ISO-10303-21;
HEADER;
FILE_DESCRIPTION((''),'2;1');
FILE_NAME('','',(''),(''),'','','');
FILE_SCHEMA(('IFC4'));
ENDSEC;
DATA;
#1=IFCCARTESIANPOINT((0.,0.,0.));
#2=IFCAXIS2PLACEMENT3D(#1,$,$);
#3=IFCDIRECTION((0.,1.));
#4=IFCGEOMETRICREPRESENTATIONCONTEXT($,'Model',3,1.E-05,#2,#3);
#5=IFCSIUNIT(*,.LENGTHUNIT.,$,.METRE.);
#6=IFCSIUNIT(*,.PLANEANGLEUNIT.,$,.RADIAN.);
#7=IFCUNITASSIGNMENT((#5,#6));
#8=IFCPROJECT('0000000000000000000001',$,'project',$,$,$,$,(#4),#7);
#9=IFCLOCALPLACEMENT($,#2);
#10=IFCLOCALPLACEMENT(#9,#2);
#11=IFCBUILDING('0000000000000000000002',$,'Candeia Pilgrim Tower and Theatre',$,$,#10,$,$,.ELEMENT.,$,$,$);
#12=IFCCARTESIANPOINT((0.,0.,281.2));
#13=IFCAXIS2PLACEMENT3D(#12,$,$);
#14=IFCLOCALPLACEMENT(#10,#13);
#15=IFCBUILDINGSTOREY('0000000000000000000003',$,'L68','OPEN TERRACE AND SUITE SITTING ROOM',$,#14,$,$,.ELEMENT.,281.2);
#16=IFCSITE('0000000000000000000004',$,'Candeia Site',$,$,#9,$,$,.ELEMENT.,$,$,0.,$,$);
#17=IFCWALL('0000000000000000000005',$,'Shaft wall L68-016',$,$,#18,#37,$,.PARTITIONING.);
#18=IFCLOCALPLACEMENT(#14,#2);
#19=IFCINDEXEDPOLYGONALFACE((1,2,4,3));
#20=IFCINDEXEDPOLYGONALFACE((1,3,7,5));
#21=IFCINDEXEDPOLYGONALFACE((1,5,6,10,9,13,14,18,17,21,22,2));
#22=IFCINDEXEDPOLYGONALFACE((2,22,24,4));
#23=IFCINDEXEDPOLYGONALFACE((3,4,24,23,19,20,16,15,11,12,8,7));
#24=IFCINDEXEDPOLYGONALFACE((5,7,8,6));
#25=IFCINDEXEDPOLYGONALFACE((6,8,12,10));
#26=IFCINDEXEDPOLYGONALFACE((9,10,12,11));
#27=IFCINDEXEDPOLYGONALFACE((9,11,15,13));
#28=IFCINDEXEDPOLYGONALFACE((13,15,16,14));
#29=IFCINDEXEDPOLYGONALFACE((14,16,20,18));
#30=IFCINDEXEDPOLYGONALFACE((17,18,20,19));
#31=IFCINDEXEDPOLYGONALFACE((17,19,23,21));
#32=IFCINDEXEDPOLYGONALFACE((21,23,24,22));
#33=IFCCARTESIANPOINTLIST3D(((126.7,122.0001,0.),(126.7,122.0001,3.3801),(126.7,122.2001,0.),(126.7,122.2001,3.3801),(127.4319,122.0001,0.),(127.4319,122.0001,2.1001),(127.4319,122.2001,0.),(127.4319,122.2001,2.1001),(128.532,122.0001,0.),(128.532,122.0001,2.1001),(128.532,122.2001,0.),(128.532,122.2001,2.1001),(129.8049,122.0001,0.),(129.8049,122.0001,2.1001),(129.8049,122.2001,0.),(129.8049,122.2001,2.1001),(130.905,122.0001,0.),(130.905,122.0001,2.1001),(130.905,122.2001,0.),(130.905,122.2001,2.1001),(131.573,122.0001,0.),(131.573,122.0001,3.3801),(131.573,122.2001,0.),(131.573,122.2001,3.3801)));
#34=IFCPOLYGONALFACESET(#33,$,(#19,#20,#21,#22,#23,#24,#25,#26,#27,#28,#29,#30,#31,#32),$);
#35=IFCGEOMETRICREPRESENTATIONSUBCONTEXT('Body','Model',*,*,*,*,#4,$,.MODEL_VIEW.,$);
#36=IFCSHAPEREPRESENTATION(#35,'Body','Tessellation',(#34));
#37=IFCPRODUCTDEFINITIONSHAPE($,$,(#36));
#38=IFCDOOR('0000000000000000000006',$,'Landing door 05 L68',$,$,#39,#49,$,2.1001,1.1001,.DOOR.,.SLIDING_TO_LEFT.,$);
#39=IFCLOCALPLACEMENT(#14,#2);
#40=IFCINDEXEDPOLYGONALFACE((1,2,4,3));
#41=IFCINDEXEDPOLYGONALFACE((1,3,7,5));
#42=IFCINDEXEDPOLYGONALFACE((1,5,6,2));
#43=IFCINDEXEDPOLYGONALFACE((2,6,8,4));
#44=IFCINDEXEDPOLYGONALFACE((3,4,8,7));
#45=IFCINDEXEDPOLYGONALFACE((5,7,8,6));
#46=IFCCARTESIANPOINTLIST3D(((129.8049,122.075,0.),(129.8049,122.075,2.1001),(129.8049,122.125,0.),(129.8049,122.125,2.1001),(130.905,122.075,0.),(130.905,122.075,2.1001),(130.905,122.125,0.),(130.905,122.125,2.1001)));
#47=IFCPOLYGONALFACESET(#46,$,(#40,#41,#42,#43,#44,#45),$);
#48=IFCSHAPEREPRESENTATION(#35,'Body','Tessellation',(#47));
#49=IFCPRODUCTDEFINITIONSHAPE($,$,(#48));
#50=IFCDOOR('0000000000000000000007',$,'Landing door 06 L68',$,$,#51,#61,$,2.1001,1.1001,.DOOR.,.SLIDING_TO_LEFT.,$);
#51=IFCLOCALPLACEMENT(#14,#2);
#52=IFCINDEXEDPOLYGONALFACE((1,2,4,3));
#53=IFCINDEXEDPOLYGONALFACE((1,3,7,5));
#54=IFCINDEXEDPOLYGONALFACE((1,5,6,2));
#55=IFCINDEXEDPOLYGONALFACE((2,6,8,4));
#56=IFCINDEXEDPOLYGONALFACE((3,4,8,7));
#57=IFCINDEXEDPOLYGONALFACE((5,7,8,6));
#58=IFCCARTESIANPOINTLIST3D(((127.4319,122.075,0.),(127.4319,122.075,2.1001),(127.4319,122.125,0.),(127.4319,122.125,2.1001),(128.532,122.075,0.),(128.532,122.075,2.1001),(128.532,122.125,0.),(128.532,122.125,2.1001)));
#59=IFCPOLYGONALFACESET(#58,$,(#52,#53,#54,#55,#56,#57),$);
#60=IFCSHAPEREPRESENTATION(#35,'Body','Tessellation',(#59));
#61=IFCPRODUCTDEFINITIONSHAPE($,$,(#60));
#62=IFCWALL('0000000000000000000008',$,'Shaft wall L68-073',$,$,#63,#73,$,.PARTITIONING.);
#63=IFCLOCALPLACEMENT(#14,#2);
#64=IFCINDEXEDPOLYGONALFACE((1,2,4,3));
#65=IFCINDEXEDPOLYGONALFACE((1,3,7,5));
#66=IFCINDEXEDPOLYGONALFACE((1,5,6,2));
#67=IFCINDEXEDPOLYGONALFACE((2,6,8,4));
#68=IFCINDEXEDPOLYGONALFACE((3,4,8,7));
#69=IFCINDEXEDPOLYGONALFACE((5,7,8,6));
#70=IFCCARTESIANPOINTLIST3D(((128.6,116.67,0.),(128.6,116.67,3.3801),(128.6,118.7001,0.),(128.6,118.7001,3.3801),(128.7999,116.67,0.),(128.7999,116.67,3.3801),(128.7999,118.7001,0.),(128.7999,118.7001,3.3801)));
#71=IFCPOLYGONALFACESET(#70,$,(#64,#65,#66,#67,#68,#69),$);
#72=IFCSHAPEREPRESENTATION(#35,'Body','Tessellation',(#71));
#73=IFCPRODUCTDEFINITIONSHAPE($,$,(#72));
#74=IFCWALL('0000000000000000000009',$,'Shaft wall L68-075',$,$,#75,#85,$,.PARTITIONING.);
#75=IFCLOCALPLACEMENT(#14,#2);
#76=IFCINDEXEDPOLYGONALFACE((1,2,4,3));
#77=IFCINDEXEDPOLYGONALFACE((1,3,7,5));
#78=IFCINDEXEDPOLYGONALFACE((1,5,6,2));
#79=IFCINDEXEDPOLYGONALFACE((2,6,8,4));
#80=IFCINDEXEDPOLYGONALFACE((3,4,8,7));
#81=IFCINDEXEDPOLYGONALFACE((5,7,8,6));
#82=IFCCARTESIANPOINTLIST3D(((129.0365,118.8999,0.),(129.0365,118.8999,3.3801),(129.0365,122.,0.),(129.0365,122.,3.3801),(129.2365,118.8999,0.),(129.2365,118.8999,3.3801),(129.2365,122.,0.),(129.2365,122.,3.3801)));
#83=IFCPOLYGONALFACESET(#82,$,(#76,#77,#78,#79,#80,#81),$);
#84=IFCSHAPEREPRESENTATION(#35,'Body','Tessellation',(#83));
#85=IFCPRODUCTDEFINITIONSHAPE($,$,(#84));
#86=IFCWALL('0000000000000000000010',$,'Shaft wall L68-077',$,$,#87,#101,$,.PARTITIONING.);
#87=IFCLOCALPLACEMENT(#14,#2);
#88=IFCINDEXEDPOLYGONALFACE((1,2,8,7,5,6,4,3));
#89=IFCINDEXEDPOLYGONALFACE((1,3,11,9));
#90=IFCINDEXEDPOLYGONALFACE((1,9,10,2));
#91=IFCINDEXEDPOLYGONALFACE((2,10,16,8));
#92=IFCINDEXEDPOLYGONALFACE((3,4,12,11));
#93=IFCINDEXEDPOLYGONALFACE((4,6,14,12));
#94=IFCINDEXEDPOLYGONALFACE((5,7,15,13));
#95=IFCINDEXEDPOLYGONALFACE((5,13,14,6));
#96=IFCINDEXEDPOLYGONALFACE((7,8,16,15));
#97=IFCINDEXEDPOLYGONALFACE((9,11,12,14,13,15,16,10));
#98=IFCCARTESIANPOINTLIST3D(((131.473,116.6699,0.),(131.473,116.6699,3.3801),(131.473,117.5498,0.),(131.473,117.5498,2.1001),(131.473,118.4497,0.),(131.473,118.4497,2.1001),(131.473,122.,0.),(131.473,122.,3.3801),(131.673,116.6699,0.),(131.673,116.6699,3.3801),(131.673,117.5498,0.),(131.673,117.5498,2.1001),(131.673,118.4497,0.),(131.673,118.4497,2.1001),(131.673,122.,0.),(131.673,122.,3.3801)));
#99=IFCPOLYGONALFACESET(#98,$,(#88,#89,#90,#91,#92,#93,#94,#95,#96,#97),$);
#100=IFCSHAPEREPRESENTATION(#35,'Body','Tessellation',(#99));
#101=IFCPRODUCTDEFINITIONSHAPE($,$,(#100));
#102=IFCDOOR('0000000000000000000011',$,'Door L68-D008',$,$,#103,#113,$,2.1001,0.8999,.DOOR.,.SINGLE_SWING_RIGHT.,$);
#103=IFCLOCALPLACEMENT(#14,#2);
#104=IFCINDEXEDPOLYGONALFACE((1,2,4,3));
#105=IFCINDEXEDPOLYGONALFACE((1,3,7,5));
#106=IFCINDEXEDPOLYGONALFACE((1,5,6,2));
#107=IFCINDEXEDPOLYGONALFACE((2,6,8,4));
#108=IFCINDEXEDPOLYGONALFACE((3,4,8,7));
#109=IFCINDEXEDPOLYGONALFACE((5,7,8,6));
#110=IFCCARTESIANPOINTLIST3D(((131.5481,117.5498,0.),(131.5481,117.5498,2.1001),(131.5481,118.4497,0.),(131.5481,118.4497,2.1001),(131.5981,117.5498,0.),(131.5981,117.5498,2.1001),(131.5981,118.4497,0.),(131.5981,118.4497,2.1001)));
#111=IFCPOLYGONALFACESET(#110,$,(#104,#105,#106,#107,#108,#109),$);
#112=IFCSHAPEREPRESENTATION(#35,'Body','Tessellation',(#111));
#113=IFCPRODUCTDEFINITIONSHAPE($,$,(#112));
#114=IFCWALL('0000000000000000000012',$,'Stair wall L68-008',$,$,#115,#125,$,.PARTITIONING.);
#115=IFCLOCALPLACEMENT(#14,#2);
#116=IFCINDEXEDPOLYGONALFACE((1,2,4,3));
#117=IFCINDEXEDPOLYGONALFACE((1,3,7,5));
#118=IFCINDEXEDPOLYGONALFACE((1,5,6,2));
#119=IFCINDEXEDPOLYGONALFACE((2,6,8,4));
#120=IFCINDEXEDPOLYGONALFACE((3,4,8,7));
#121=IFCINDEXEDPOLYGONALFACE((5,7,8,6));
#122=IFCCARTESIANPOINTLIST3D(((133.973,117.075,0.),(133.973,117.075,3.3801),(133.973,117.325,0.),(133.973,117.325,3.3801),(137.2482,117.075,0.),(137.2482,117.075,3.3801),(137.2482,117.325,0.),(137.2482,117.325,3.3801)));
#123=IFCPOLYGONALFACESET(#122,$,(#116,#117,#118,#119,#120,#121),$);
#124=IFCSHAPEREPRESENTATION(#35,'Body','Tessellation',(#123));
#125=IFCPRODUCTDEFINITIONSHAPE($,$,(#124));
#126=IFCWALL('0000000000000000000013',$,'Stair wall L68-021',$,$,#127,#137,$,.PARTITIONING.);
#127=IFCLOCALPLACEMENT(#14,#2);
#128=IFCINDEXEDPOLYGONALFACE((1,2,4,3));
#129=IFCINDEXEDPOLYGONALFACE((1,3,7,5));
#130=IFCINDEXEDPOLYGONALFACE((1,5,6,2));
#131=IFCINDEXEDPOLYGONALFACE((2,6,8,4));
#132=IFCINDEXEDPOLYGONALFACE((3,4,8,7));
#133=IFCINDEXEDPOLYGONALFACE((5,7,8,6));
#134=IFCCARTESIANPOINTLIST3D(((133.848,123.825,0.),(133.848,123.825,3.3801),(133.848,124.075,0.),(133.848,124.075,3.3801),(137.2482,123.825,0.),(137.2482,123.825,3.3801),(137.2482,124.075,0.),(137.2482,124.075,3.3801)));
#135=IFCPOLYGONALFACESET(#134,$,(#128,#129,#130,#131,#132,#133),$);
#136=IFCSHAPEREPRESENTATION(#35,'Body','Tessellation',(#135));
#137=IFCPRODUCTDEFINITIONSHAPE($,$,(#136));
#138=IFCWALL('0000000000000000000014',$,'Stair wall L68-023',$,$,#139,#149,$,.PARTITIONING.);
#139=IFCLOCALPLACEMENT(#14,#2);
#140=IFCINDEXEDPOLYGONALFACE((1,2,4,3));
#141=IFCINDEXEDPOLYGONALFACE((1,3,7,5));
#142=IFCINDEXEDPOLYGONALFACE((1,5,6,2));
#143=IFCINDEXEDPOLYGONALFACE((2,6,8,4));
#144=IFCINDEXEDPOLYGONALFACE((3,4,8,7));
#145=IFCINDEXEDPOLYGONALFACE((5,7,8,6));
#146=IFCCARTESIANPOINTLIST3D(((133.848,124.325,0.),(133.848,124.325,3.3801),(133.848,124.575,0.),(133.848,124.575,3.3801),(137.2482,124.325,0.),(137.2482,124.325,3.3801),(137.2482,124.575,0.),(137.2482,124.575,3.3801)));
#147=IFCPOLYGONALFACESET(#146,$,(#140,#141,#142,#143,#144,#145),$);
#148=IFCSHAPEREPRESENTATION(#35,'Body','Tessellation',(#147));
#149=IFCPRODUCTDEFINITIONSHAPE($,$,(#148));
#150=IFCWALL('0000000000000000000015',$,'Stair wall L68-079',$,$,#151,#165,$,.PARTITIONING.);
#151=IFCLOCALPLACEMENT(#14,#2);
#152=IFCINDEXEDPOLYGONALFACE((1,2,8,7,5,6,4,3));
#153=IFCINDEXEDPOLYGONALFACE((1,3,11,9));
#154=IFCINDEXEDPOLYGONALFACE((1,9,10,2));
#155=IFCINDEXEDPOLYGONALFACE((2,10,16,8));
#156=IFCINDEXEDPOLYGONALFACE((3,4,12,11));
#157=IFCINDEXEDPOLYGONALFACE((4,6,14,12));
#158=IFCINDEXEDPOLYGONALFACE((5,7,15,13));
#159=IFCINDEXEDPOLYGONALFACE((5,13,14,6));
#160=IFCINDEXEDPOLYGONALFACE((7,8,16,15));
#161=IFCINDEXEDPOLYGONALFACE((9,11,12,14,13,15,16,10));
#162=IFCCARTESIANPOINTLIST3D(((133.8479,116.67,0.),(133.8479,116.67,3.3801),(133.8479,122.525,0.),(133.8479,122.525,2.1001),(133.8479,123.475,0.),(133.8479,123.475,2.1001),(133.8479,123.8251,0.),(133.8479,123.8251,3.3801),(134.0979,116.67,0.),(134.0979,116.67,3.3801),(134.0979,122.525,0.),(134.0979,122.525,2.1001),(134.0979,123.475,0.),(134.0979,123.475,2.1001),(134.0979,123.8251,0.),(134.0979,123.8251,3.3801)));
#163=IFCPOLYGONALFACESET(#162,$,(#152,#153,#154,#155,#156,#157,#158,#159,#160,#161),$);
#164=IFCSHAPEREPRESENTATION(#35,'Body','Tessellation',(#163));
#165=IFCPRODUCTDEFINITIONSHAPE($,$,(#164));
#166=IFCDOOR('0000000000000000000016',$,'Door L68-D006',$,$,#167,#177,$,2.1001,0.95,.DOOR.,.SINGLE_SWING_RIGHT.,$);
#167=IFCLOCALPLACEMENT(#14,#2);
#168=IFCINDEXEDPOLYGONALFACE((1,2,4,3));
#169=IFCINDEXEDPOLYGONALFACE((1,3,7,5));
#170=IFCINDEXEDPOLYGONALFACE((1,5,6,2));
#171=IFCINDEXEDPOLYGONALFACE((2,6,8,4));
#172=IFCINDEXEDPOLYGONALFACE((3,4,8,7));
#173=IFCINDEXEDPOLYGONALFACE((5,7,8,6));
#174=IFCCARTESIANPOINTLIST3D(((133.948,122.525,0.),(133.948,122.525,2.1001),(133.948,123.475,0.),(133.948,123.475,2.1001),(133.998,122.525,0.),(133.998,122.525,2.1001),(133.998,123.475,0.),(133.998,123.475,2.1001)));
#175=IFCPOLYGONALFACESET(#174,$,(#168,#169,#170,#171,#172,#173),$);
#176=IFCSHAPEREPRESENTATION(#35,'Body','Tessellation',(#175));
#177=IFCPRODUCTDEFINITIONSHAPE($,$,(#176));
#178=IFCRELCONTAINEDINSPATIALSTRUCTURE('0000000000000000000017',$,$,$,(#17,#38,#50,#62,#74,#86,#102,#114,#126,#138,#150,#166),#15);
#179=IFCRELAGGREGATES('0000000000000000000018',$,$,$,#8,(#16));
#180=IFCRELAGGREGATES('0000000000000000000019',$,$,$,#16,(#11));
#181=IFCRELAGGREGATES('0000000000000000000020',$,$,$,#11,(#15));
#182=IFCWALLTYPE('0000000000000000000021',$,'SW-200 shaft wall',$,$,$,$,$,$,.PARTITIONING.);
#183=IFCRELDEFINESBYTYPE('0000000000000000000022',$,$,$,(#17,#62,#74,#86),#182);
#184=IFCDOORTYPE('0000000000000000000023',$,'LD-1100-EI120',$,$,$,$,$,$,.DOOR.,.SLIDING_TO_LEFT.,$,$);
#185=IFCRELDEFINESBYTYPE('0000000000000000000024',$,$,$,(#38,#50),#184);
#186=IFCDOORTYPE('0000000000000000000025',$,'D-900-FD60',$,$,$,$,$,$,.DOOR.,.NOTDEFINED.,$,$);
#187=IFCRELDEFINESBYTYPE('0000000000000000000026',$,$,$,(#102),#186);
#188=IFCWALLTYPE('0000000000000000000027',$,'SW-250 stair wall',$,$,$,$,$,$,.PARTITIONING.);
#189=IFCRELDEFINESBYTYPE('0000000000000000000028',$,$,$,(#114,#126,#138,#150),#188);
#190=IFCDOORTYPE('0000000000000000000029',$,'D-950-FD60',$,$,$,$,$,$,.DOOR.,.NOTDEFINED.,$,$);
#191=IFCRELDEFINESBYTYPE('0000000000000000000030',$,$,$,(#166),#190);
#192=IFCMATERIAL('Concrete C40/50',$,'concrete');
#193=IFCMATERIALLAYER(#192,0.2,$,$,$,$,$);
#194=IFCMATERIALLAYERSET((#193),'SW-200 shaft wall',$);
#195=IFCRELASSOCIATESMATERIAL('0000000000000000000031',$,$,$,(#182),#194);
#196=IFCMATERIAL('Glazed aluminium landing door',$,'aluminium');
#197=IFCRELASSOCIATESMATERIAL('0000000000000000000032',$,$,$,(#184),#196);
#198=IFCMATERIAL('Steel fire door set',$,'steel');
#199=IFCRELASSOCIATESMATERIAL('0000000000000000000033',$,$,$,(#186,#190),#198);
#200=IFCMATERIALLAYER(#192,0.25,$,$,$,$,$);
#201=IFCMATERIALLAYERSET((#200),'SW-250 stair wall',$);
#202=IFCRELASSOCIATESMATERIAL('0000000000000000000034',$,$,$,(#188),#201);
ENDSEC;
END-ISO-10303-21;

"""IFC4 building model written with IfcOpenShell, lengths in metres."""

from ifc_helpers import new_model, si_unit, direction, frame, frame_2d, origin, place, context, subcontext, project, spatial, rectangle, extrude, material, layer, layer_set, type_object, element, fill, save


model = new_model("IFC4")

# Units and contexts
model_context = context("Model", 3, precision=1e-05, world=origin(), true_north=direction((0.0, 1.0)))
body_context = subcontext(model_context, "Body", "Model", "MODEL_VIEW")
ifc_project = project(units=[si_unit("LENGTHUNIT", "METRE"), si_unit("PLANEANGLEUNIT", "RADIAN")], contexts=[model_context])

# Site, building, storey
site_placement = place(None, origin())
site = spatial("IfcSite", under=ifc_project, at=site_placement, Name="Candeia Site", CompositionType="ELEMENT", RefElevation=0.0)
building_placement = place(site_placement, origin())
building = spatial("IfcBuilding", under=site, at=building_placement, Name="Candeia Pilgrim Tower and Theatre", CompositionType="ELEMENT")
storey_placement = place(building_placement, frame((0.0, 0.0, 281.2)))
storey = spatial("IfcBuildingStorey", under=building, at=storey_placement, Name="L68", Description="OPEN TERRACE AND SUITE SITTING ROOM", CompositionType="ELEMENT", Elevation=281.2)

# Shared definitions
ifc_material_1 = material(Name="Concrete C40/50", Category="concrete")

# Shared definitions
ifc_material_2 = material(Name="Steel fire door set", Category="steel")

# Shared definitions
ifc_layer_1 = layer(ifc_material_1, 0.2)
ifc_layer_set_1 = layer_set([ifc_layer_1], Name="SW-200 shaft wall")
wall_type_1 = type_object("IfcWallType", Name="SW-200 shaft wall", PredefinedType="PARTITIONING", material=ifc_layer_set_1)

# Wall, openings, doors
wall_1_placement = place(storey_placement, frame((126.7, 122.1001, 0.0), z_axis=(0.0, 0.0, 1.0), x_axis=(1.0, 0.0, 0.0)))
wall_1 = element("IfcWall", 1, at=wall_1_placement, inside=storey, type_object=wall_type_1, Name="Shaft wall L68-016", PredefinedType="PARTITIONING", context=body_context, shape_type="SweptSolid", body=[
    extrude(rectangle(XDim=4.873, YDim=0.2, at=frame_2d((2.4365, 0.0))), origin(), (0.0, 0.0, 1.0), 3.3801),
])
opening_1_placement = place(wall_1_placement, frame((3.105, 0.0, 0.0)))
opening_1 = element("IfcOpeningElement", 2, at=opening_1_placement, cuts=wall_1, PredefinedType="OPENING", context=body_context, shape_type="SweptSolid", body=[
    extrude(rectangle(XDim=1.1001, YDim=2.1001, at=frame_2d((0.55, 1.05))), frame((0.0, 0.1099, 0.0), z_axis=(0.0, -1.0, 0.0), x_axis=(1.0, 0.0, 0.0)), (0.0, 0.0, 1.0), 0.22),
])
opening_2_placement = place(wall_1_placement, frame((0.7319, 0.0, 0.0)))
opening_2 = element("IfcOpeningElement", 3, at=opening_2_placement, cuts=wall_1, PredefinedType="OPENING", context=body_context, shape_type="SweptSolid", body=[
    extrude(rectangle(XDim=1.1001, YDim=2.1001, at=frame_2d((0.55, 1.05))), frame((0.0, 0.1099, 0.0), z_axis=(0.0, -1.0, 0.0), x_axis=(1.0, 0.0, 0.0)), (0.0, 0.0, 1.0), 0.22),
])
ifc_material_3 = material(Name="Glazed aluminium landing door", Category="aluminium")
door_type_1 = type_object("IfcDoorType", Name="LD-1100-EI120", OperationType="SLIDING_TO_LEFT", PredefinedType="DOOR", material=ifc_material_3)
door_1_placement = place(opening_1_placement, origin())
door_1 = element("IfcDoor", 4, at=door_1_placement, inside=storey, type_object=door_type_1, Name="Landing door 05 L68", OperationType="SLIDING_TO_LEFT", OverallHeight=2.1001, OverallWidth=1.1001, PredefinedType="DOOR", context=body_context, shape_type="SweptSolid", body=[
    extrude(rectangle(XDim=1.1001, YDim=2.1001, at=frame_2d((0.55, 1.05))), frame((0.0, 0.0249, 0.0), z_axis=(0.0, -1.0, 0.0), x_axis=(1.0, 0.0, 0.0)), (0.0, 0.0, 1.0), 0.05),
])
fill(opening_1, door_1)
door_2_placement = place(opening_2_placement, origin())
door_2 = element("IfcDoor", 5, at=door_2_placement, inside=storey, type_object=door_type_1, Name="Landing door 06 L68", OperationType="SLIDING_TO_LEFT", OverallHeight=2.1001, OverallWidth=1.1001, PredefinedType="DOOR", context=body_context, shape_type="SweptSolid", body=[
    extrude(rectangle(XDim=1.1001, YDim=2.1001, at=frame_2d((0.55, 1.05))), frame((0.0, 0.0249, 0.0), z_axis=(0.0, -1.0, 0.0), x_axis=(1.0, 0.0, 0.0)), (0.0, 0.0, 1.0), 0.05),
])
fill(opening_2, door_2)

# Walls
wall_2_placement = place(storey_placement, frame((128.7, 116.6699, 0.0), z_axis=(0.0, 0.0, 1.0), x_axis=(0.0, 1.0, 0.0)))
element("IfcWall", 6, at=wall_2_placement, inside=storey, type_object=wall_type_1, Name="Shaft wall L68-073", PredefinedType="PARTITIONING", context=body_context, shape_type="SweptSolid", body=[
    extrude(rectangle(XDim=2.03, YDim=0.2, at=frame_2d((1.0151, 0.0))), origin(), (0.0, 0.0, 1.0), 3.3801),
])
wall_3_placement = place(storey_placement, frame((129.1365, 118.8999, 0.0), z_axis=(0.0, 0.0, 1.0), x_axis=(0.0, 1.0, 0.0)))
element("IfcWall", 7, at=wall_3_placement, inside=storey, type_object=wall_type_1, Name="Shaft wall L68-075", PredefinedType="PARTITIONING", context=body_context, shape_type="SweptSolid", body=[
    extrude(rectangle(XDim=3.1001, YDim=0.2, at=frame_2d((1.55, 0.0))), origin(), (0.0, 0.0, 1.0), 3.3801),
])

# Wall, opening, door
wall_4_placement = place(storey_placement, frame((131.573, 116.6699, 0.0), z_axis=(0.0, 0.0, 1.0), x_axis=(0.0, 1.0, 0.0)))
wall_4 = element("IfcWall", 8, at=wall_4_placement, inside=storey, type_object=wall_type_1, Name="Shaft wall L68-077", PredefinedType="PARTITIONING", context=body_context, shape_type="SweptSolid", body=[
    extrude(rectangle(XDim=5.3301, YDim=0.2, at=frame_2d((2.665, 0.0))), origin(), (0.0, 0.0, 1.0), 3.3801),
])
opening_3_placement = place(wall_4_placement, frame((0.8799, 0.0, 0.0)))
opening_3 = element("IfcOpeningElement", 9, at=opening_3_placement, cuts=wall_4, PredefinedType="OPENING", context=body_context, shape_type="SweptSolid", body=[
    extrude(rectangle(XDim=0.8999, YDim=2.1001, at=frame_2d((0.45, 1.05))), frame((0.0, 0.1099, 0.0), z_axis=(0.0, -1.0, 0.0), x_axis=(1.0, 0.0, 0.0)), (0.0, 0.0, 1.0), 0.22),
])
door_type_2 = type_object("IfcDoorType", Name="D-900-FD60", OperationType="NOTDEFINED", PredefinedType="DOOR", material=ifc_material_2)
door_3_placement = place(opening_3_placement, origin())
door_3 = element("IfcDoor", 10, at=door_3_placement, inside=storey, type_object=door_type_2, Name="Door L68-D008", OperationType="SINGLE_SWING_RIGHT", OverallHeight=2.1001, OverallWidth=0.8999, PredefinedType="DOOR", context=body_context, shape_type="SweptSolid", body=[
    extrude(rectangle(XDim=0.8999, YDim=2.1001, at=frame_2d((0.45, 1.05))), frame((0.0, 0.0249, 0.0), z_axis=(0.0, -1.0, 0.0), x_axis=(1.0, 0.0, 0.0)), (0.0, 0.0, 1.0), 0.05),
])
fill(opening_3, door_3)

# Walls
ifc_layer_2 = layer(ifc_material_1, 0.25)
ifc_layer_set_2 = layer_set([ifc_layer_2], Name="SW-250 stair wall")
wall_type_2 = type_object("IfcWallType", Name="SW-250 stair wall", PredefinedType="PARTITIONING", material=ifc_layer_set_2)
wall_5_placement = place(storey_placement, frame((133.9729, 117.2, 0.0), z_axis=(0.0, 0.0, 1.0), x_axis=(1.0, 0.0, 0.0)))
element("IfcWall", 11, at=wall_5_placement, inside=storey, type_object=wall_type_2, Name="Stair wall L68-008", PredefinedType="PARTITIONING", context=body_context, shape_type="SweptSolid", body=[
    extrude(rectangle(XDim=3.2751, YDim=0.25, at=frame_2d((1.6377, 0.0))), origin(), (0.0, 0.0, 1.0), 3.3801),
])
for number, where, z_axis, x_axis, name in (
    (12, (133.8479, 123.95, 0.0), (0.0, 0.0, 1.0), (1.0, 0.0, 0.0), "Stair wall L68-021"),
    (13, (133.8479, 124.45, 0.0), (0.0, 0.0, 1.0), (1.0, 0.0, 0.0), "Stair wall L68-023"),
):
    element("IfcWall", number, at=place(storey_placement, frame(where, z_axis=z_axis, x_axis=x_axis)), inside=storey, type_object=wall_type_2, Name=name, PredefinedType="PARTITIONING", context=body_context, shape_type="SweptSolid", body=[
        extrude(rectangle(XDim=3.4001, YDim=0.25, at=frame_2d((1.7002, 0.0))), origin(), (0.0, 0.0, 1.0), 3.3801),
    ])

# Wall, opening, door
wall_6_placement = place(storey_placement, frame((133.9729, 116.6699, 0.0), z_axis=(0.0, 0.0, 1.0), x_axis=(0.0, 1.0, 0.0)))
wall_6 = element("IfcWall", 14, at=wall_6_placement, inside=storey, type_object=wall_type_2, Name="Stair wall L68-079", PredefinedType="PARTITIONING", context=body_context, shape_type="SweptSolid", body=[
    extrude(rectangle(XDim=7.155, YDim=0.25, at=frame_2d((3.5776, 0.0))), origin(), (0.0, 0.0, 1.0), 3.3801),
])
opening_4_placement = place(wall_6_placement, frame((5.855, 0.0, 0.0)))
opening_4 = element("IfcOpeningElement", 15, at=opening_4_placement, cuts=wall_6, PredefinedType="OPENING", context=body_context, shape_type="SweptSolid", body=[
    extrude(rectangle(XDim=0.95, YDim=2.1001, at=frame_2d((0.4751, 1.05))), frame((0.0, 0.135, 0.0), z_axis=(0.0, -1.0, 0.0), x_axis=(1.0, 0.0, 0.0)), (0.0, 0.0, 1.0), 0.27),
])
door_type_3 = type_object("IfcDoorType", Name="D-950-FD60", OperationType="NOTDEFINED", PredefinedType="DOOR", material=ifc_material_2)
door_4_placement = place(opening_4_placement, origin())
door_4 = element("IfcDoor", 16, at=door_4_placement, inside=storey, type_object=door_type_3, Name="Door L68-D006", OperationType="SINGLE_SWING_RIGHT", OverallHeight=2.1001, OverallWidth=0.95, PredefinedType="DOOR", context=body_context, shape_type="SweptSolid", body=[
    extrude(rectangle(XDim=0.95, YDim=2.1001, at=frame_2d((0.4751, 1.05))), frame((0.0, 0.0249, 0.0), z_axis=(0.0, -1.0, 0.0), x_axis=(1.0, 0.0, 0.0)), (0.0, 0.0, 1.0), 0.05),
])
fill(opening_4, door_4)

save(model, "model.ifc")
